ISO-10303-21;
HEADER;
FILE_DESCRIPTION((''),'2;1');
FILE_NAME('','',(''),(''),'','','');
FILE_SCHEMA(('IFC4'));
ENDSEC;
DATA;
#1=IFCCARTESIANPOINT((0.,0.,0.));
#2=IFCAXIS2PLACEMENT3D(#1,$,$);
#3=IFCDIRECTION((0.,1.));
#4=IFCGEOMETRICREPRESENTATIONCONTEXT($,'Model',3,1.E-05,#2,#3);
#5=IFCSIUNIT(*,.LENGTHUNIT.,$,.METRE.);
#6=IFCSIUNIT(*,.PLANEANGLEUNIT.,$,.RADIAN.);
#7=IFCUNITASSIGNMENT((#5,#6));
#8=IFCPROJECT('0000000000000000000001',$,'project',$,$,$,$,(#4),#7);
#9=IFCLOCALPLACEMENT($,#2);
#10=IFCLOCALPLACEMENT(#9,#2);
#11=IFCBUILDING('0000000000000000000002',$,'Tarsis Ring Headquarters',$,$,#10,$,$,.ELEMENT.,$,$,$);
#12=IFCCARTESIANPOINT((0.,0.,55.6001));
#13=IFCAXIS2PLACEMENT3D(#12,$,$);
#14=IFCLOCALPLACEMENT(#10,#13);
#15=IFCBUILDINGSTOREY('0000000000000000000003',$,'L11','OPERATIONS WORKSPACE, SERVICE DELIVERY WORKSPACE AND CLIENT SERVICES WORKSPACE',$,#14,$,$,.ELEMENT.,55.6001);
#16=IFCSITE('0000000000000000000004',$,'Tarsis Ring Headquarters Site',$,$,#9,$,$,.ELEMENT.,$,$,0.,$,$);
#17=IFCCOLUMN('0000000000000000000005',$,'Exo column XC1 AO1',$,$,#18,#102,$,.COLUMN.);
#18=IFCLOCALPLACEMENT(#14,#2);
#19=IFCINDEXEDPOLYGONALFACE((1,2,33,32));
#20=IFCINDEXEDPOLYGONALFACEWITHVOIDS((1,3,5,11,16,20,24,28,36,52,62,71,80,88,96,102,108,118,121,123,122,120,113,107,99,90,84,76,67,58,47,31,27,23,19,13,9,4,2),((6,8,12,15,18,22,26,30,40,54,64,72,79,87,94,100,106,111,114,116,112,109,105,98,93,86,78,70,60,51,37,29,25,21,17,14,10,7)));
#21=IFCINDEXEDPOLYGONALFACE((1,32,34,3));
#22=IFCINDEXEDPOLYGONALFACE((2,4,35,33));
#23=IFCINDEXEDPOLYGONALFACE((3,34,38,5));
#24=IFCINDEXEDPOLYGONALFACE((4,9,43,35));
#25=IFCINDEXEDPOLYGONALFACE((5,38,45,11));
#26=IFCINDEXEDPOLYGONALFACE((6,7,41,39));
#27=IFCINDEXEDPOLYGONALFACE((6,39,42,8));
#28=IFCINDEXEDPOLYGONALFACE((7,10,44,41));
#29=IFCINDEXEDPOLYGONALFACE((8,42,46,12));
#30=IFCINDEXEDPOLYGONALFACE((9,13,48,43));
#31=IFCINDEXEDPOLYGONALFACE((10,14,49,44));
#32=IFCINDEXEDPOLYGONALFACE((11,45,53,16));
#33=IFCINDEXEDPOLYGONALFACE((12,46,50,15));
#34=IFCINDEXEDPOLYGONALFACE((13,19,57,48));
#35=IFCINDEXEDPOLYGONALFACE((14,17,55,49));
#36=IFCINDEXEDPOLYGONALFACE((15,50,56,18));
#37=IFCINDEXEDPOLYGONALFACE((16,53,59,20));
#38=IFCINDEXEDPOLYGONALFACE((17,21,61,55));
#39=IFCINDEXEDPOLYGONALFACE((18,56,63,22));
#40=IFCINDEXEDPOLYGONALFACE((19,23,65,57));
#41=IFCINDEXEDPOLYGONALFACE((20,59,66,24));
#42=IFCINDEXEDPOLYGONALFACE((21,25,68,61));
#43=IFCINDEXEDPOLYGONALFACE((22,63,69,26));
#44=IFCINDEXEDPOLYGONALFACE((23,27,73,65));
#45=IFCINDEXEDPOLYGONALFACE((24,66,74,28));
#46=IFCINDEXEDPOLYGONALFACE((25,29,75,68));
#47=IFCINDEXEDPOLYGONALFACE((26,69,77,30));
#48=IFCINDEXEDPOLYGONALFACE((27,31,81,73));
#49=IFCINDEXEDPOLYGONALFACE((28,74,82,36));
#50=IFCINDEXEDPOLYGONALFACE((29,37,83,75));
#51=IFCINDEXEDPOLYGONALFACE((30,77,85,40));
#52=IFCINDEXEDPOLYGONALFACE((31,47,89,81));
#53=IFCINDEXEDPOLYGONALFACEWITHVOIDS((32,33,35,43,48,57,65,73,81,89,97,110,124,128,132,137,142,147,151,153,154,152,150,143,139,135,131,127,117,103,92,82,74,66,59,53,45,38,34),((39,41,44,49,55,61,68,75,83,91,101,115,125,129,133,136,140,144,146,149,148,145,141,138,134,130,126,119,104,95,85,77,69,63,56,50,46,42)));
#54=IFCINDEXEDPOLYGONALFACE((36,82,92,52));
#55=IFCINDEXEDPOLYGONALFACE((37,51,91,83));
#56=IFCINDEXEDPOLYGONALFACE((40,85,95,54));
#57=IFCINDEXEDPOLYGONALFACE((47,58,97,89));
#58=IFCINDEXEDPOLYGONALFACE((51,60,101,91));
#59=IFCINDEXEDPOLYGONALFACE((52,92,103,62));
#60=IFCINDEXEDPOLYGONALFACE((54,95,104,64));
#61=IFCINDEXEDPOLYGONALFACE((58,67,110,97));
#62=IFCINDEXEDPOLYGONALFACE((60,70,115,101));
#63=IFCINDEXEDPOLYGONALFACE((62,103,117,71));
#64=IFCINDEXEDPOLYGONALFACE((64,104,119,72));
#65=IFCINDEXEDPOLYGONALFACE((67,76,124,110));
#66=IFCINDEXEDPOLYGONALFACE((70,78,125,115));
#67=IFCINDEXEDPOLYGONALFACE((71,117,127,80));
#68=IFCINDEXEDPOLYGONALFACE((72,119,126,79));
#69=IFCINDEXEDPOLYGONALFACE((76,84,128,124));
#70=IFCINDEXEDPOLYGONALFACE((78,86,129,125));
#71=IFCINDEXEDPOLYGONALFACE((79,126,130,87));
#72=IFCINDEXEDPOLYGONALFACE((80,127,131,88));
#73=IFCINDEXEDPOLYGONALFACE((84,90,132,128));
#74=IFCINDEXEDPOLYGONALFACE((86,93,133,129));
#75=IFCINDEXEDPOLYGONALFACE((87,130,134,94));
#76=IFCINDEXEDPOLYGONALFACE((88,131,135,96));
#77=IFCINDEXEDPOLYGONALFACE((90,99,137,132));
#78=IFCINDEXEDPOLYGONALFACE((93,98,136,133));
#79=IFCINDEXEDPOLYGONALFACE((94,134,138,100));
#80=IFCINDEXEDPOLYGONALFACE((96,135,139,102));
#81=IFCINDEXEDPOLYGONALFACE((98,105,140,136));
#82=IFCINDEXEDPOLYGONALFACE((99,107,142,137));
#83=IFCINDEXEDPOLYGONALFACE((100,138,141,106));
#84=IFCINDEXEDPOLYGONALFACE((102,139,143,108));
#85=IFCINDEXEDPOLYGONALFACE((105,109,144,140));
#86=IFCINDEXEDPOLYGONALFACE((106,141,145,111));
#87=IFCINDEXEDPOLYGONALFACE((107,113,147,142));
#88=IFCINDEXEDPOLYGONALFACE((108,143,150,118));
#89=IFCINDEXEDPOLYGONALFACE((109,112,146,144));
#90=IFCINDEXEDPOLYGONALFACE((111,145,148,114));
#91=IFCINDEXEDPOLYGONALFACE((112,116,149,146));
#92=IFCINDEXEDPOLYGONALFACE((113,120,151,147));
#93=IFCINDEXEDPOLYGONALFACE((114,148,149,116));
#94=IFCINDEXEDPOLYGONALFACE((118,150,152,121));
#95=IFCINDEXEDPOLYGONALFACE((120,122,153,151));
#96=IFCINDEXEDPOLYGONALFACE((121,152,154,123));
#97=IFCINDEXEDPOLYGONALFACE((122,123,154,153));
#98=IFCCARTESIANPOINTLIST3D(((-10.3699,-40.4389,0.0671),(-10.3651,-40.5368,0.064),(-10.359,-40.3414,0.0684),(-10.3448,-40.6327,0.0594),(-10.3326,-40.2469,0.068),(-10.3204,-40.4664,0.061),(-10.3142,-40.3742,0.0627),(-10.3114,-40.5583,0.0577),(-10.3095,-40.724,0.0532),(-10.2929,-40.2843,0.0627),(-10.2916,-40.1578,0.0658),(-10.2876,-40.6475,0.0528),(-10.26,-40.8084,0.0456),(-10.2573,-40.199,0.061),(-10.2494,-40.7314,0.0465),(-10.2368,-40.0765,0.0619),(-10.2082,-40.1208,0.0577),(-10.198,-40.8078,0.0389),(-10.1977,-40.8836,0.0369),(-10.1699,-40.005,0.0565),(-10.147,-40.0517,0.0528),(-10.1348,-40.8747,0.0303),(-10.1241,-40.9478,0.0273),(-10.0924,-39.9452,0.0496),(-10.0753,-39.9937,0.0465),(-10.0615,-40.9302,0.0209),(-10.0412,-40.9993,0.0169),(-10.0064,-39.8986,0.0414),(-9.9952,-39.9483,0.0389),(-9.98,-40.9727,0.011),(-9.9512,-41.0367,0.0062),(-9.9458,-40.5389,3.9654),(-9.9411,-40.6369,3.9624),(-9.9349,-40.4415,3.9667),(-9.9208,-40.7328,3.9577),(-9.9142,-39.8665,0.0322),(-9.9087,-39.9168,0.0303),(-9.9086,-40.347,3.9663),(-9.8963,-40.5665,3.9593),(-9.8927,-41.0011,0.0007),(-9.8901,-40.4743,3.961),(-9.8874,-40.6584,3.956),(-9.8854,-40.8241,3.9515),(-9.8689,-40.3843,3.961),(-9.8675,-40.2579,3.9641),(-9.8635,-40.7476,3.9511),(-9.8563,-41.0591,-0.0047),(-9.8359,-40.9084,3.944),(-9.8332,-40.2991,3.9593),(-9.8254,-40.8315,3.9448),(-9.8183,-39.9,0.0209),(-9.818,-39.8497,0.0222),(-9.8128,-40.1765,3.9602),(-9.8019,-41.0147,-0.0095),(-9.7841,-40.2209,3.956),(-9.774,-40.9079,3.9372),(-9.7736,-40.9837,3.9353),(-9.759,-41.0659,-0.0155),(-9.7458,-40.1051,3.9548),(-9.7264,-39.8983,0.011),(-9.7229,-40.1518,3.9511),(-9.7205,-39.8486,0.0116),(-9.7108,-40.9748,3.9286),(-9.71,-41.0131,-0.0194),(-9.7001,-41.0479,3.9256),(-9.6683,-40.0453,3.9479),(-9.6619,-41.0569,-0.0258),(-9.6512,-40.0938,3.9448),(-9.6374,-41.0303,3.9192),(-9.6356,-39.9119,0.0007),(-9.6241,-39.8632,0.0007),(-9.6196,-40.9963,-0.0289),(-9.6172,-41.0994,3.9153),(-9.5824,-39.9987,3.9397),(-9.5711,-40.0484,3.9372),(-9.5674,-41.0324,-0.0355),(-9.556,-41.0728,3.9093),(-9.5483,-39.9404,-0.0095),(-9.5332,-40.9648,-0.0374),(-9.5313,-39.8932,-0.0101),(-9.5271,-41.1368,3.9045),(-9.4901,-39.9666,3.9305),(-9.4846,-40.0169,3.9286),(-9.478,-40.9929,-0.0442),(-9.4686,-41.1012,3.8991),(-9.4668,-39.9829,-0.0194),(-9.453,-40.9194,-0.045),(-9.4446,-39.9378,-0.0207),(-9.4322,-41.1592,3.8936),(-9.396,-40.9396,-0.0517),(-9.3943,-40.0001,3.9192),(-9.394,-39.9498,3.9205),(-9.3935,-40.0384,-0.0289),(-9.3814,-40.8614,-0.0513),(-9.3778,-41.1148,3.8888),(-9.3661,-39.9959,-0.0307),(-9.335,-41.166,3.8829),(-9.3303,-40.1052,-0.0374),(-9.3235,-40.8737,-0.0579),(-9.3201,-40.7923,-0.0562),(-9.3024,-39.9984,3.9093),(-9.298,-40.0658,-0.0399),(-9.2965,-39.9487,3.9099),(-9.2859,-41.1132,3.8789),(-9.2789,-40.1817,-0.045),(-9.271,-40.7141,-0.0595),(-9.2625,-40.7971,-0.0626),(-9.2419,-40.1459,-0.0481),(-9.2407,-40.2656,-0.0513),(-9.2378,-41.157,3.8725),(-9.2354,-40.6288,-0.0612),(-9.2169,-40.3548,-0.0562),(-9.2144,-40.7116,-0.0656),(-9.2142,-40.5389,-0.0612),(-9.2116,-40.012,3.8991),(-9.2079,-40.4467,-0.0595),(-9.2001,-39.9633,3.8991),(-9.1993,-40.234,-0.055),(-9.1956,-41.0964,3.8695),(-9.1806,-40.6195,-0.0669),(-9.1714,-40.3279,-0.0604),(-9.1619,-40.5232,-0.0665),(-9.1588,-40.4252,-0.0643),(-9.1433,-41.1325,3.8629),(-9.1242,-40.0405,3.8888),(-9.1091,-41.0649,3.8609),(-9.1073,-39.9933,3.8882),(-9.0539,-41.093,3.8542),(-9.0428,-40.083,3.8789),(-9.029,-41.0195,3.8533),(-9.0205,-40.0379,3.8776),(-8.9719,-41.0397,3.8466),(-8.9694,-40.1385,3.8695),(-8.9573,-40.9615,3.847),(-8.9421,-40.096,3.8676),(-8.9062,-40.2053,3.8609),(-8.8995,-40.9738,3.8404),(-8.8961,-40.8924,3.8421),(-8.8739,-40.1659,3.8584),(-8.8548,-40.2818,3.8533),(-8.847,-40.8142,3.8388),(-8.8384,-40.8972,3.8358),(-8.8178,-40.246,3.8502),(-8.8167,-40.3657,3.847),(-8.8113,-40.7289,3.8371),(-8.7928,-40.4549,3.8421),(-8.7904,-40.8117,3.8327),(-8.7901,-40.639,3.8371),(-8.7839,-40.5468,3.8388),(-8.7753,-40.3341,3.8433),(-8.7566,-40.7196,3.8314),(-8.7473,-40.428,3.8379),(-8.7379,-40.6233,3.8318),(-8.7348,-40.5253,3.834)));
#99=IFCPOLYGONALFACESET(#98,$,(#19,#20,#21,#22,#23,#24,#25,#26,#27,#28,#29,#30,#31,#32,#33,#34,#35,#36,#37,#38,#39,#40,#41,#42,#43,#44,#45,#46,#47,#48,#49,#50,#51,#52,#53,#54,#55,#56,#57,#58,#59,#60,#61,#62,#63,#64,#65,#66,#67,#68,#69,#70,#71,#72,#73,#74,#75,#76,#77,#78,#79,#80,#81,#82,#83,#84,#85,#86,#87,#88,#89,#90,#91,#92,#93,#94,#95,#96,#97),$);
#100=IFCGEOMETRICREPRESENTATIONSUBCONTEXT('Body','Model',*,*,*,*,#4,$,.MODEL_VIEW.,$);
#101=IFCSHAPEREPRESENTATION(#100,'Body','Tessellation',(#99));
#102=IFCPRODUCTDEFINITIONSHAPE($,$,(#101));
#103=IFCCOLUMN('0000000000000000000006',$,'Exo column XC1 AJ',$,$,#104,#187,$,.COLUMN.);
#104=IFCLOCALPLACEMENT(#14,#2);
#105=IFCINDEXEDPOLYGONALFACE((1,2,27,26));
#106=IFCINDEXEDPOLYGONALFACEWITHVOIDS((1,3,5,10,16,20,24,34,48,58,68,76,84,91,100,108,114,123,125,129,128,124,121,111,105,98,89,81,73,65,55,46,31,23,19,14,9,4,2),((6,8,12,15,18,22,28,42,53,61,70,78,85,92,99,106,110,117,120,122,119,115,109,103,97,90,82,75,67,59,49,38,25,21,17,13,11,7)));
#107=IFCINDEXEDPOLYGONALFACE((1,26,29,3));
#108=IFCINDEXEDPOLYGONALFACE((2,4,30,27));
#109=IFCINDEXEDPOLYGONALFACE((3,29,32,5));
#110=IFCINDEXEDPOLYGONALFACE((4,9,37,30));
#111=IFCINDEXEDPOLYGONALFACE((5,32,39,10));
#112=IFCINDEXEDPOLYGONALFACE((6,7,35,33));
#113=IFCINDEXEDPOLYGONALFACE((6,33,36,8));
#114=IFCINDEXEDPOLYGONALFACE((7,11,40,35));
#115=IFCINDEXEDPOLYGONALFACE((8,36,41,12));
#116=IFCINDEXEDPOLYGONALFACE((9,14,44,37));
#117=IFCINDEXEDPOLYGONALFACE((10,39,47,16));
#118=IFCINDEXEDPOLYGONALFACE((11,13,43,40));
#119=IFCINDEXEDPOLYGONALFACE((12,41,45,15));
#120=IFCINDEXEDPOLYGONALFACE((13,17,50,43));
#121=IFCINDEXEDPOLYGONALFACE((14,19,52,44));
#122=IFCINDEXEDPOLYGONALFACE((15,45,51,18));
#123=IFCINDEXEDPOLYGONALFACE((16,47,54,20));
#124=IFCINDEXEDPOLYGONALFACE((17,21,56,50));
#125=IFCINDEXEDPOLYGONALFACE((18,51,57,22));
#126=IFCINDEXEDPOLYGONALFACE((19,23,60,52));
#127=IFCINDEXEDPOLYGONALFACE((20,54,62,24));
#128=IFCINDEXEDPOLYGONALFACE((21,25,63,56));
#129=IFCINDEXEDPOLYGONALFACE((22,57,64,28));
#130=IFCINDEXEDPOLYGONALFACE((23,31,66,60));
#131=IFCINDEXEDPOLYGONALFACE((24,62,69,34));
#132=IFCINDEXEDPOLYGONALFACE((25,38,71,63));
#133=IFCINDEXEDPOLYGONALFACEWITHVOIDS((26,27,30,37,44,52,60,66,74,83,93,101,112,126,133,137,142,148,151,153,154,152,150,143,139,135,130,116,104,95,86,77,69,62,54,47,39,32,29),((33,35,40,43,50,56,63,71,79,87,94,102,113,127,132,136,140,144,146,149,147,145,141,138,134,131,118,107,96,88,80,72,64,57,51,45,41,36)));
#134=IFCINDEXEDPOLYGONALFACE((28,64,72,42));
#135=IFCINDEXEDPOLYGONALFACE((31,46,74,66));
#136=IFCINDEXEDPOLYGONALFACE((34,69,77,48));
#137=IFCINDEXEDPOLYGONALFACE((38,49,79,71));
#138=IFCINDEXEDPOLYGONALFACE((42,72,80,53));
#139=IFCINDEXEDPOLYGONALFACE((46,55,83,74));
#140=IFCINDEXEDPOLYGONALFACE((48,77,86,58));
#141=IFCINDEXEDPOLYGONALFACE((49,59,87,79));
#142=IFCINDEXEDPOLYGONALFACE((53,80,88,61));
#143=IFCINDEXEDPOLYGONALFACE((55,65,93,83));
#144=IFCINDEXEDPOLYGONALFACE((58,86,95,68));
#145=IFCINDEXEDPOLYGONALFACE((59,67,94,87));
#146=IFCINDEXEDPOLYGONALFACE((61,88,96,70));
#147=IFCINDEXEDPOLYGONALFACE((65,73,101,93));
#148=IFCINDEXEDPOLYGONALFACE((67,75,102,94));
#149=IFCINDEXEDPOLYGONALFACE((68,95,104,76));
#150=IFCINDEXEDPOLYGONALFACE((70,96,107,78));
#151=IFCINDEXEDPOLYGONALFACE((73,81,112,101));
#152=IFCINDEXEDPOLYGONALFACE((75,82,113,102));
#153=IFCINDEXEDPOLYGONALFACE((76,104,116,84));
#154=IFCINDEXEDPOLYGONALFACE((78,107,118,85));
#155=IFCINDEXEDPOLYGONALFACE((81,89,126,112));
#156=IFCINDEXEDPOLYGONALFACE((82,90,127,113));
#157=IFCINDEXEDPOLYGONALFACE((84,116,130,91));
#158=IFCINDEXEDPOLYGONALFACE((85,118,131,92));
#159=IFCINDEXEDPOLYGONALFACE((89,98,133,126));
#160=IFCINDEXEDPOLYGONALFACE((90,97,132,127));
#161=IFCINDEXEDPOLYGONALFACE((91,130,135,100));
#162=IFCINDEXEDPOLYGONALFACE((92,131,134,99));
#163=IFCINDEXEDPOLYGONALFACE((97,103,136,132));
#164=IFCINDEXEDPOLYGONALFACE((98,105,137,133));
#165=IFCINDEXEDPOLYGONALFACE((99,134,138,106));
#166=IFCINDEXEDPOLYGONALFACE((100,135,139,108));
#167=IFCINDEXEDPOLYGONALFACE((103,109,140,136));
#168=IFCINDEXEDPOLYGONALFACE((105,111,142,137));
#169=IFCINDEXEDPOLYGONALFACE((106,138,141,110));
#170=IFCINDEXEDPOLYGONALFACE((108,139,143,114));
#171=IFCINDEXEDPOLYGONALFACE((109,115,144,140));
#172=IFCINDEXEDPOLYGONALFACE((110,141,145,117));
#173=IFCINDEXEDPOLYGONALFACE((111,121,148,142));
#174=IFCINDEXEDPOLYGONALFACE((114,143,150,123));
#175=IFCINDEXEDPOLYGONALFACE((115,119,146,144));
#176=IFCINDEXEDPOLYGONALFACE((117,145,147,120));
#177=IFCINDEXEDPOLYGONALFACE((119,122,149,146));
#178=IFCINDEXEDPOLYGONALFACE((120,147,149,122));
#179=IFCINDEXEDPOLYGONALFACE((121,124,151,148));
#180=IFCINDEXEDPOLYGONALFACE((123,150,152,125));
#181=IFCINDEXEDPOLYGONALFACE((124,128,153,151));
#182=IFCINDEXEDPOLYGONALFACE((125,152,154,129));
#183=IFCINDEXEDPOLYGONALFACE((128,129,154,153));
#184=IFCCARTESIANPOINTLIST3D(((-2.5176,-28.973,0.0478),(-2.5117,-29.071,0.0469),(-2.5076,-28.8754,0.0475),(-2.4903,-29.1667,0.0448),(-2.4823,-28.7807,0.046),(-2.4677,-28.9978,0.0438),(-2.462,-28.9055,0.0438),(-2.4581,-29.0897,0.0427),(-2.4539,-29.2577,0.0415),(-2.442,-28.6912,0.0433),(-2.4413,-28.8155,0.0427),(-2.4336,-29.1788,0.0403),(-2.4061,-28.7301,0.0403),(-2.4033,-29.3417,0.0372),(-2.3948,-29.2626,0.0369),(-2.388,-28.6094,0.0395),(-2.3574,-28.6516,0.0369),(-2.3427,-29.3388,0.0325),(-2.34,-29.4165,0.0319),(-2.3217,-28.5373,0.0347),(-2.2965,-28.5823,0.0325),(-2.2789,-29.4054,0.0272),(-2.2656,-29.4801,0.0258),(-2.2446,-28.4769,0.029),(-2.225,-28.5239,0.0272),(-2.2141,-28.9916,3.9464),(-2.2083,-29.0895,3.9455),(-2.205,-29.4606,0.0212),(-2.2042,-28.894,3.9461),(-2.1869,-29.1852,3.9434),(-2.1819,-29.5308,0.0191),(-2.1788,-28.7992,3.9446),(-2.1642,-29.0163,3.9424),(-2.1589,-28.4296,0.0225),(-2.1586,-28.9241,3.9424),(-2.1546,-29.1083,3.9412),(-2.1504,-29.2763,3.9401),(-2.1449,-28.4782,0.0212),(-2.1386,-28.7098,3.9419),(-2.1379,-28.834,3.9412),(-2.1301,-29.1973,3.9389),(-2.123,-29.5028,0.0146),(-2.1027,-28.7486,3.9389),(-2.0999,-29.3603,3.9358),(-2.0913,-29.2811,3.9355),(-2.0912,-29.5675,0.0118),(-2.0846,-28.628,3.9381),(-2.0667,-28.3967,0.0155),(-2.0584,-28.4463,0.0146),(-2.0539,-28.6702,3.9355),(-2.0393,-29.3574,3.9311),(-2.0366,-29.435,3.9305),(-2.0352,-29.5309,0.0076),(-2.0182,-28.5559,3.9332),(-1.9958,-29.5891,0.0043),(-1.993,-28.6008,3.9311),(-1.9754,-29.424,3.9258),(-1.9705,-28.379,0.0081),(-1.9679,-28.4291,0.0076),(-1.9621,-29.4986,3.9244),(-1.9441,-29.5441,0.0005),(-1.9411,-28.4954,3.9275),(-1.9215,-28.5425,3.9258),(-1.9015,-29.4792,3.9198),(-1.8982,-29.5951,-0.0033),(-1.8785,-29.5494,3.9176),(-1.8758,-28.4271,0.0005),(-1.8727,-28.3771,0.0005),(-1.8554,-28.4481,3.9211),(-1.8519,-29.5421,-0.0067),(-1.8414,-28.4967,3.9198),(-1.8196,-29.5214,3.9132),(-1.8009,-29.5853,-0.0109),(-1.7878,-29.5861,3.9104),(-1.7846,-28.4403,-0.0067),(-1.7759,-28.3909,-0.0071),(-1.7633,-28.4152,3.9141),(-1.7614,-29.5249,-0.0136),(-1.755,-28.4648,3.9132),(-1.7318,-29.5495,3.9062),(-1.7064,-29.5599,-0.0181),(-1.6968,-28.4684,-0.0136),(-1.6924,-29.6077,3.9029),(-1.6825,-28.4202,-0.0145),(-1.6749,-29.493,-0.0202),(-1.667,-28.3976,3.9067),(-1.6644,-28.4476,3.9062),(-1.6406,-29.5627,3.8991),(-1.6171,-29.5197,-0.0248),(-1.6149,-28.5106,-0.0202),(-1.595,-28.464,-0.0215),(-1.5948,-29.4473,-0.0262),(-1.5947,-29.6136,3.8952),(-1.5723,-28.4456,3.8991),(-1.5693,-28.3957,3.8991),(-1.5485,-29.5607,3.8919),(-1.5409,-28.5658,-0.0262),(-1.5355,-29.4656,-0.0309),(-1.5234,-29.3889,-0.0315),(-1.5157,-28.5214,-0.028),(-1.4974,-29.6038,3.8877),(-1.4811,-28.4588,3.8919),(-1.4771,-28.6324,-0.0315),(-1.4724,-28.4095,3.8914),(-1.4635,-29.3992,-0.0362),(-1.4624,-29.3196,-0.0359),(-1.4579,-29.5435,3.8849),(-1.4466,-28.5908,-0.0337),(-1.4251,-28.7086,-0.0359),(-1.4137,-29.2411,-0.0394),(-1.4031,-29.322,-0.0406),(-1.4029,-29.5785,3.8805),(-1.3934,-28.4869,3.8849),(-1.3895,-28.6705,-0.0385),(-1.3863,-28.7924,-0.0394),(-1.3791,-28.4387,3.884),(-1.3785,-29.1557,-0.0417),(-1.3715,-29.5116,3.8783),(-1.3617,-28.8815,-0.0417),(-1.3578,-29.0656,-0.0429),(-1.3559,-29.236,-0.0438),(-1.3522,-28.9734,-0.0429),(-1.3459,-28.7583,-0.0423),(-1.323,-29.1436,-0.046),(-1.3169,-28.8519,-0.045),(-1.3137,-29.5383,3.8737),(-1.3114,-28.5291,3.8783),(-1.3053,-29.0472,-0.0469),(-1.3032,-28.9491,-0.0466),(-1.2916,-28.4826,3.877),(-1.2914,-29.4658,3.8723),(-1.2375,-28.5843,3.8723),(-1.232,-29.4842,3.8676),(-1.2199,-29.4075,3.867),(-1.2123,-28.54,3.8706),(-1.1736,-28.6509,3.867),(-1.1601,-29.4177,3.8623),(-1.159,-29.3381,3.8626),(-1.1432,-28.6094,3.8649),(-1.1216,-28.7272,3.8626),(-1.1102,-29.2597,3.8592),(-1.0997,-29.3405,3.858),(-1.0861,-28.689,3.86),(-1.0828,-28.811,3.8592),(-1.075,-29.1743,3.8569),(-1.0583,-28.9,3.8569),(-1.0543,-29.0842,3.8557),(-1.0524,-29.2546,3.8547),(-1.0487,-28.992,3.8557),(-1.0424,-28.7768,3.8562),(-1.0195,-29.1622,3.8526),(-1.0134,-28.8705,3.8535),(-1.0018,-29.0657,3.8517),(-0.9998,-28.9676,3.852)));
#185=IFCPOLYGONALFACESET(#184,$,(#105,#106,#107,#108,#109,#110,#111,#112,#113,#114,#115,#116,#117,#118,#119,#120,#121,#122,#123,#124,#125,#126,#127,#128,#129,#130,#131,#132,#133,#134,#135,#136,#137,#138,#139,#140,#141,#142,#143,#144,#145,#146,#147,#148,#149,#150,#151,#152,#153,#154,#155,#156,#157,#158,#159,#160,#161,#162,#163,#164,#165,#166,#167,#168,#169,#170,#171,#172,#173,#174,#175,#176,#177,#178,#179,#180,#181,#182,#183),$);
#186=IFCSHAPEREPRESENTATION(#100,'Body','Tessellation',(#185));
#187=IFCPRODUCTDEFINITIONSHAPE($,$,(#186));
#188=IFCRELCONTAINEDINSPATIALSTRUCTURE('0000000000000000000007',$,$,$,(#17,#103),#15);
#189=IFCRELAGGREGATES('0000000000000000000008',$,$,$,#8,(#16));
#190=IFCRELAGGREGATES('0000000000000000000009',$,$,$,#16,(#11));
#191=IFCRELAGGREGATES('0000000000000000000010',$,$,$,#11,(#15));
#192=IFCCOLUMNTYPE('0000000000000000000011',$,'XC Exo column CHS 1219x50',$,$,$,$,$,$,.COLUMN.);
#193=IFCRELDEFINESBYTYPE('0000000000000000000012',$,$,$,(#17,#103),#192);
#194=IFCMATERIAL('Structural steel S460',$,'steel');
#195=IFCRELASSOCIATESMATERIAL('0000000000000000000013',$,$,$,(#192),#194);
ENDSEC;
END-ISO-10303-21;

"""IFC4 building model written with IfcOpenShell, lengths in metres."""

from ifc_helpers import new_model, si_unit, direction, frame, origin, origin_2d, place, context, subcontext, project, spatial, hollow_circle, extrude, material, material_profile, profile_set, type_object, element, save


model = new_model("IFC4")

# Units and contexts
model_context = context("Model", 3, precision=1e-05, world=origin(), true_north=direction((0.0, 1.0)))
body_context = subcontext(model_context, "Body", "Model", "MODEL_VIEW")
ifc_project = project(units=[si_unit("LENGTHUNIT", "METRE"), si_unit("PLANEANGLEUNIT", "RADIAN")], contexts=[model_context])

# Site, building, storey
site_placement = place(None, origin())
site = spatial("IfcSite", under=ifc_project, at=site_placement, Name="Tarsis Ring Headquarters Site", CompositionType="ELEMENT", RefElevation=0.0)
building_placement = place(site_placement, origin())
building = spatial("IfcBuilding", under=site, at=building_placement, Name="Tarsis Ring Headquarters", CompositionType="ELEMENT")
storey_placement = place(building_placement, frame((0.0, 0.0, 55.6001)))
storey = spatial("IfcBuildingStorey", under=building, at=storey_placement, Name="L11", Description="OPERATIONS WORKSPACE, SERVICE DELIVERY WORKSPACE AND CLIENT SERVICES WORKSPACE", CompositionType="ELEMENT", Elevation=55.6001)

# Columns
ifc_material_1 = material(Name="Structural steel S460", Category="steel")
ifc_material_profile_1 = material_profile(ifc_material_1, hollow_circle(Radius=0.6096, WallThickness=0.05, at=origin_2d()), Name="CHS 1219x50")
ifc_profile_set_1 = profile_set([ifc_material_profile_1], Name="Structural steel S460")
column_type = type_object("IfcColumnType", Name="XC Exo column CHS 1219x50", PredefinedType="COLUMN", material=ifc_profile_set_1)
column_1_placement = place(storey_placement, frame((-9.7642, -40.4565, 0.0007), z_axis=(0.108107, -0.025517, 0.993812), x_axis=(0.229726, 0.973255, 0.0)))
element("IfcColumn", 1, at=column_1_placement, inside=storey, type_object=column_type, Name="Exo column XC1 AO1", PredefinedType="COLUMN", context=body_context, shape_type="SweptSolid", body=[
    extrude(hollow_circle(Radius=0.6096, WallThickness=0.05, at=origin_2d()), origin(), (0.0, 0.0, 1.0), 3.9226),
])
column_2_placement = place(storey_placement, frame((-1.9099, -28.9856, 0.0005), z_axis=(0.077603, -0.004745, 0.996973), x_axis=(0.061028, 0.998136, 0.0)))
element("IfcColumn", 2, at=column_2_placement, inside=storey, type_object=column_type, Name="Exo column XC1 AJ", PredefinedType="COLUMN", context=body_context, shape_type="SweptSolid", body=[
    extrude(hollow_circle(Radius=0.6096, WallThickness=0.05, at=origin_2d()), origin(), (0.0, 0.0, 1.0), 3.9104),
])

save(model, "model.ifc")
